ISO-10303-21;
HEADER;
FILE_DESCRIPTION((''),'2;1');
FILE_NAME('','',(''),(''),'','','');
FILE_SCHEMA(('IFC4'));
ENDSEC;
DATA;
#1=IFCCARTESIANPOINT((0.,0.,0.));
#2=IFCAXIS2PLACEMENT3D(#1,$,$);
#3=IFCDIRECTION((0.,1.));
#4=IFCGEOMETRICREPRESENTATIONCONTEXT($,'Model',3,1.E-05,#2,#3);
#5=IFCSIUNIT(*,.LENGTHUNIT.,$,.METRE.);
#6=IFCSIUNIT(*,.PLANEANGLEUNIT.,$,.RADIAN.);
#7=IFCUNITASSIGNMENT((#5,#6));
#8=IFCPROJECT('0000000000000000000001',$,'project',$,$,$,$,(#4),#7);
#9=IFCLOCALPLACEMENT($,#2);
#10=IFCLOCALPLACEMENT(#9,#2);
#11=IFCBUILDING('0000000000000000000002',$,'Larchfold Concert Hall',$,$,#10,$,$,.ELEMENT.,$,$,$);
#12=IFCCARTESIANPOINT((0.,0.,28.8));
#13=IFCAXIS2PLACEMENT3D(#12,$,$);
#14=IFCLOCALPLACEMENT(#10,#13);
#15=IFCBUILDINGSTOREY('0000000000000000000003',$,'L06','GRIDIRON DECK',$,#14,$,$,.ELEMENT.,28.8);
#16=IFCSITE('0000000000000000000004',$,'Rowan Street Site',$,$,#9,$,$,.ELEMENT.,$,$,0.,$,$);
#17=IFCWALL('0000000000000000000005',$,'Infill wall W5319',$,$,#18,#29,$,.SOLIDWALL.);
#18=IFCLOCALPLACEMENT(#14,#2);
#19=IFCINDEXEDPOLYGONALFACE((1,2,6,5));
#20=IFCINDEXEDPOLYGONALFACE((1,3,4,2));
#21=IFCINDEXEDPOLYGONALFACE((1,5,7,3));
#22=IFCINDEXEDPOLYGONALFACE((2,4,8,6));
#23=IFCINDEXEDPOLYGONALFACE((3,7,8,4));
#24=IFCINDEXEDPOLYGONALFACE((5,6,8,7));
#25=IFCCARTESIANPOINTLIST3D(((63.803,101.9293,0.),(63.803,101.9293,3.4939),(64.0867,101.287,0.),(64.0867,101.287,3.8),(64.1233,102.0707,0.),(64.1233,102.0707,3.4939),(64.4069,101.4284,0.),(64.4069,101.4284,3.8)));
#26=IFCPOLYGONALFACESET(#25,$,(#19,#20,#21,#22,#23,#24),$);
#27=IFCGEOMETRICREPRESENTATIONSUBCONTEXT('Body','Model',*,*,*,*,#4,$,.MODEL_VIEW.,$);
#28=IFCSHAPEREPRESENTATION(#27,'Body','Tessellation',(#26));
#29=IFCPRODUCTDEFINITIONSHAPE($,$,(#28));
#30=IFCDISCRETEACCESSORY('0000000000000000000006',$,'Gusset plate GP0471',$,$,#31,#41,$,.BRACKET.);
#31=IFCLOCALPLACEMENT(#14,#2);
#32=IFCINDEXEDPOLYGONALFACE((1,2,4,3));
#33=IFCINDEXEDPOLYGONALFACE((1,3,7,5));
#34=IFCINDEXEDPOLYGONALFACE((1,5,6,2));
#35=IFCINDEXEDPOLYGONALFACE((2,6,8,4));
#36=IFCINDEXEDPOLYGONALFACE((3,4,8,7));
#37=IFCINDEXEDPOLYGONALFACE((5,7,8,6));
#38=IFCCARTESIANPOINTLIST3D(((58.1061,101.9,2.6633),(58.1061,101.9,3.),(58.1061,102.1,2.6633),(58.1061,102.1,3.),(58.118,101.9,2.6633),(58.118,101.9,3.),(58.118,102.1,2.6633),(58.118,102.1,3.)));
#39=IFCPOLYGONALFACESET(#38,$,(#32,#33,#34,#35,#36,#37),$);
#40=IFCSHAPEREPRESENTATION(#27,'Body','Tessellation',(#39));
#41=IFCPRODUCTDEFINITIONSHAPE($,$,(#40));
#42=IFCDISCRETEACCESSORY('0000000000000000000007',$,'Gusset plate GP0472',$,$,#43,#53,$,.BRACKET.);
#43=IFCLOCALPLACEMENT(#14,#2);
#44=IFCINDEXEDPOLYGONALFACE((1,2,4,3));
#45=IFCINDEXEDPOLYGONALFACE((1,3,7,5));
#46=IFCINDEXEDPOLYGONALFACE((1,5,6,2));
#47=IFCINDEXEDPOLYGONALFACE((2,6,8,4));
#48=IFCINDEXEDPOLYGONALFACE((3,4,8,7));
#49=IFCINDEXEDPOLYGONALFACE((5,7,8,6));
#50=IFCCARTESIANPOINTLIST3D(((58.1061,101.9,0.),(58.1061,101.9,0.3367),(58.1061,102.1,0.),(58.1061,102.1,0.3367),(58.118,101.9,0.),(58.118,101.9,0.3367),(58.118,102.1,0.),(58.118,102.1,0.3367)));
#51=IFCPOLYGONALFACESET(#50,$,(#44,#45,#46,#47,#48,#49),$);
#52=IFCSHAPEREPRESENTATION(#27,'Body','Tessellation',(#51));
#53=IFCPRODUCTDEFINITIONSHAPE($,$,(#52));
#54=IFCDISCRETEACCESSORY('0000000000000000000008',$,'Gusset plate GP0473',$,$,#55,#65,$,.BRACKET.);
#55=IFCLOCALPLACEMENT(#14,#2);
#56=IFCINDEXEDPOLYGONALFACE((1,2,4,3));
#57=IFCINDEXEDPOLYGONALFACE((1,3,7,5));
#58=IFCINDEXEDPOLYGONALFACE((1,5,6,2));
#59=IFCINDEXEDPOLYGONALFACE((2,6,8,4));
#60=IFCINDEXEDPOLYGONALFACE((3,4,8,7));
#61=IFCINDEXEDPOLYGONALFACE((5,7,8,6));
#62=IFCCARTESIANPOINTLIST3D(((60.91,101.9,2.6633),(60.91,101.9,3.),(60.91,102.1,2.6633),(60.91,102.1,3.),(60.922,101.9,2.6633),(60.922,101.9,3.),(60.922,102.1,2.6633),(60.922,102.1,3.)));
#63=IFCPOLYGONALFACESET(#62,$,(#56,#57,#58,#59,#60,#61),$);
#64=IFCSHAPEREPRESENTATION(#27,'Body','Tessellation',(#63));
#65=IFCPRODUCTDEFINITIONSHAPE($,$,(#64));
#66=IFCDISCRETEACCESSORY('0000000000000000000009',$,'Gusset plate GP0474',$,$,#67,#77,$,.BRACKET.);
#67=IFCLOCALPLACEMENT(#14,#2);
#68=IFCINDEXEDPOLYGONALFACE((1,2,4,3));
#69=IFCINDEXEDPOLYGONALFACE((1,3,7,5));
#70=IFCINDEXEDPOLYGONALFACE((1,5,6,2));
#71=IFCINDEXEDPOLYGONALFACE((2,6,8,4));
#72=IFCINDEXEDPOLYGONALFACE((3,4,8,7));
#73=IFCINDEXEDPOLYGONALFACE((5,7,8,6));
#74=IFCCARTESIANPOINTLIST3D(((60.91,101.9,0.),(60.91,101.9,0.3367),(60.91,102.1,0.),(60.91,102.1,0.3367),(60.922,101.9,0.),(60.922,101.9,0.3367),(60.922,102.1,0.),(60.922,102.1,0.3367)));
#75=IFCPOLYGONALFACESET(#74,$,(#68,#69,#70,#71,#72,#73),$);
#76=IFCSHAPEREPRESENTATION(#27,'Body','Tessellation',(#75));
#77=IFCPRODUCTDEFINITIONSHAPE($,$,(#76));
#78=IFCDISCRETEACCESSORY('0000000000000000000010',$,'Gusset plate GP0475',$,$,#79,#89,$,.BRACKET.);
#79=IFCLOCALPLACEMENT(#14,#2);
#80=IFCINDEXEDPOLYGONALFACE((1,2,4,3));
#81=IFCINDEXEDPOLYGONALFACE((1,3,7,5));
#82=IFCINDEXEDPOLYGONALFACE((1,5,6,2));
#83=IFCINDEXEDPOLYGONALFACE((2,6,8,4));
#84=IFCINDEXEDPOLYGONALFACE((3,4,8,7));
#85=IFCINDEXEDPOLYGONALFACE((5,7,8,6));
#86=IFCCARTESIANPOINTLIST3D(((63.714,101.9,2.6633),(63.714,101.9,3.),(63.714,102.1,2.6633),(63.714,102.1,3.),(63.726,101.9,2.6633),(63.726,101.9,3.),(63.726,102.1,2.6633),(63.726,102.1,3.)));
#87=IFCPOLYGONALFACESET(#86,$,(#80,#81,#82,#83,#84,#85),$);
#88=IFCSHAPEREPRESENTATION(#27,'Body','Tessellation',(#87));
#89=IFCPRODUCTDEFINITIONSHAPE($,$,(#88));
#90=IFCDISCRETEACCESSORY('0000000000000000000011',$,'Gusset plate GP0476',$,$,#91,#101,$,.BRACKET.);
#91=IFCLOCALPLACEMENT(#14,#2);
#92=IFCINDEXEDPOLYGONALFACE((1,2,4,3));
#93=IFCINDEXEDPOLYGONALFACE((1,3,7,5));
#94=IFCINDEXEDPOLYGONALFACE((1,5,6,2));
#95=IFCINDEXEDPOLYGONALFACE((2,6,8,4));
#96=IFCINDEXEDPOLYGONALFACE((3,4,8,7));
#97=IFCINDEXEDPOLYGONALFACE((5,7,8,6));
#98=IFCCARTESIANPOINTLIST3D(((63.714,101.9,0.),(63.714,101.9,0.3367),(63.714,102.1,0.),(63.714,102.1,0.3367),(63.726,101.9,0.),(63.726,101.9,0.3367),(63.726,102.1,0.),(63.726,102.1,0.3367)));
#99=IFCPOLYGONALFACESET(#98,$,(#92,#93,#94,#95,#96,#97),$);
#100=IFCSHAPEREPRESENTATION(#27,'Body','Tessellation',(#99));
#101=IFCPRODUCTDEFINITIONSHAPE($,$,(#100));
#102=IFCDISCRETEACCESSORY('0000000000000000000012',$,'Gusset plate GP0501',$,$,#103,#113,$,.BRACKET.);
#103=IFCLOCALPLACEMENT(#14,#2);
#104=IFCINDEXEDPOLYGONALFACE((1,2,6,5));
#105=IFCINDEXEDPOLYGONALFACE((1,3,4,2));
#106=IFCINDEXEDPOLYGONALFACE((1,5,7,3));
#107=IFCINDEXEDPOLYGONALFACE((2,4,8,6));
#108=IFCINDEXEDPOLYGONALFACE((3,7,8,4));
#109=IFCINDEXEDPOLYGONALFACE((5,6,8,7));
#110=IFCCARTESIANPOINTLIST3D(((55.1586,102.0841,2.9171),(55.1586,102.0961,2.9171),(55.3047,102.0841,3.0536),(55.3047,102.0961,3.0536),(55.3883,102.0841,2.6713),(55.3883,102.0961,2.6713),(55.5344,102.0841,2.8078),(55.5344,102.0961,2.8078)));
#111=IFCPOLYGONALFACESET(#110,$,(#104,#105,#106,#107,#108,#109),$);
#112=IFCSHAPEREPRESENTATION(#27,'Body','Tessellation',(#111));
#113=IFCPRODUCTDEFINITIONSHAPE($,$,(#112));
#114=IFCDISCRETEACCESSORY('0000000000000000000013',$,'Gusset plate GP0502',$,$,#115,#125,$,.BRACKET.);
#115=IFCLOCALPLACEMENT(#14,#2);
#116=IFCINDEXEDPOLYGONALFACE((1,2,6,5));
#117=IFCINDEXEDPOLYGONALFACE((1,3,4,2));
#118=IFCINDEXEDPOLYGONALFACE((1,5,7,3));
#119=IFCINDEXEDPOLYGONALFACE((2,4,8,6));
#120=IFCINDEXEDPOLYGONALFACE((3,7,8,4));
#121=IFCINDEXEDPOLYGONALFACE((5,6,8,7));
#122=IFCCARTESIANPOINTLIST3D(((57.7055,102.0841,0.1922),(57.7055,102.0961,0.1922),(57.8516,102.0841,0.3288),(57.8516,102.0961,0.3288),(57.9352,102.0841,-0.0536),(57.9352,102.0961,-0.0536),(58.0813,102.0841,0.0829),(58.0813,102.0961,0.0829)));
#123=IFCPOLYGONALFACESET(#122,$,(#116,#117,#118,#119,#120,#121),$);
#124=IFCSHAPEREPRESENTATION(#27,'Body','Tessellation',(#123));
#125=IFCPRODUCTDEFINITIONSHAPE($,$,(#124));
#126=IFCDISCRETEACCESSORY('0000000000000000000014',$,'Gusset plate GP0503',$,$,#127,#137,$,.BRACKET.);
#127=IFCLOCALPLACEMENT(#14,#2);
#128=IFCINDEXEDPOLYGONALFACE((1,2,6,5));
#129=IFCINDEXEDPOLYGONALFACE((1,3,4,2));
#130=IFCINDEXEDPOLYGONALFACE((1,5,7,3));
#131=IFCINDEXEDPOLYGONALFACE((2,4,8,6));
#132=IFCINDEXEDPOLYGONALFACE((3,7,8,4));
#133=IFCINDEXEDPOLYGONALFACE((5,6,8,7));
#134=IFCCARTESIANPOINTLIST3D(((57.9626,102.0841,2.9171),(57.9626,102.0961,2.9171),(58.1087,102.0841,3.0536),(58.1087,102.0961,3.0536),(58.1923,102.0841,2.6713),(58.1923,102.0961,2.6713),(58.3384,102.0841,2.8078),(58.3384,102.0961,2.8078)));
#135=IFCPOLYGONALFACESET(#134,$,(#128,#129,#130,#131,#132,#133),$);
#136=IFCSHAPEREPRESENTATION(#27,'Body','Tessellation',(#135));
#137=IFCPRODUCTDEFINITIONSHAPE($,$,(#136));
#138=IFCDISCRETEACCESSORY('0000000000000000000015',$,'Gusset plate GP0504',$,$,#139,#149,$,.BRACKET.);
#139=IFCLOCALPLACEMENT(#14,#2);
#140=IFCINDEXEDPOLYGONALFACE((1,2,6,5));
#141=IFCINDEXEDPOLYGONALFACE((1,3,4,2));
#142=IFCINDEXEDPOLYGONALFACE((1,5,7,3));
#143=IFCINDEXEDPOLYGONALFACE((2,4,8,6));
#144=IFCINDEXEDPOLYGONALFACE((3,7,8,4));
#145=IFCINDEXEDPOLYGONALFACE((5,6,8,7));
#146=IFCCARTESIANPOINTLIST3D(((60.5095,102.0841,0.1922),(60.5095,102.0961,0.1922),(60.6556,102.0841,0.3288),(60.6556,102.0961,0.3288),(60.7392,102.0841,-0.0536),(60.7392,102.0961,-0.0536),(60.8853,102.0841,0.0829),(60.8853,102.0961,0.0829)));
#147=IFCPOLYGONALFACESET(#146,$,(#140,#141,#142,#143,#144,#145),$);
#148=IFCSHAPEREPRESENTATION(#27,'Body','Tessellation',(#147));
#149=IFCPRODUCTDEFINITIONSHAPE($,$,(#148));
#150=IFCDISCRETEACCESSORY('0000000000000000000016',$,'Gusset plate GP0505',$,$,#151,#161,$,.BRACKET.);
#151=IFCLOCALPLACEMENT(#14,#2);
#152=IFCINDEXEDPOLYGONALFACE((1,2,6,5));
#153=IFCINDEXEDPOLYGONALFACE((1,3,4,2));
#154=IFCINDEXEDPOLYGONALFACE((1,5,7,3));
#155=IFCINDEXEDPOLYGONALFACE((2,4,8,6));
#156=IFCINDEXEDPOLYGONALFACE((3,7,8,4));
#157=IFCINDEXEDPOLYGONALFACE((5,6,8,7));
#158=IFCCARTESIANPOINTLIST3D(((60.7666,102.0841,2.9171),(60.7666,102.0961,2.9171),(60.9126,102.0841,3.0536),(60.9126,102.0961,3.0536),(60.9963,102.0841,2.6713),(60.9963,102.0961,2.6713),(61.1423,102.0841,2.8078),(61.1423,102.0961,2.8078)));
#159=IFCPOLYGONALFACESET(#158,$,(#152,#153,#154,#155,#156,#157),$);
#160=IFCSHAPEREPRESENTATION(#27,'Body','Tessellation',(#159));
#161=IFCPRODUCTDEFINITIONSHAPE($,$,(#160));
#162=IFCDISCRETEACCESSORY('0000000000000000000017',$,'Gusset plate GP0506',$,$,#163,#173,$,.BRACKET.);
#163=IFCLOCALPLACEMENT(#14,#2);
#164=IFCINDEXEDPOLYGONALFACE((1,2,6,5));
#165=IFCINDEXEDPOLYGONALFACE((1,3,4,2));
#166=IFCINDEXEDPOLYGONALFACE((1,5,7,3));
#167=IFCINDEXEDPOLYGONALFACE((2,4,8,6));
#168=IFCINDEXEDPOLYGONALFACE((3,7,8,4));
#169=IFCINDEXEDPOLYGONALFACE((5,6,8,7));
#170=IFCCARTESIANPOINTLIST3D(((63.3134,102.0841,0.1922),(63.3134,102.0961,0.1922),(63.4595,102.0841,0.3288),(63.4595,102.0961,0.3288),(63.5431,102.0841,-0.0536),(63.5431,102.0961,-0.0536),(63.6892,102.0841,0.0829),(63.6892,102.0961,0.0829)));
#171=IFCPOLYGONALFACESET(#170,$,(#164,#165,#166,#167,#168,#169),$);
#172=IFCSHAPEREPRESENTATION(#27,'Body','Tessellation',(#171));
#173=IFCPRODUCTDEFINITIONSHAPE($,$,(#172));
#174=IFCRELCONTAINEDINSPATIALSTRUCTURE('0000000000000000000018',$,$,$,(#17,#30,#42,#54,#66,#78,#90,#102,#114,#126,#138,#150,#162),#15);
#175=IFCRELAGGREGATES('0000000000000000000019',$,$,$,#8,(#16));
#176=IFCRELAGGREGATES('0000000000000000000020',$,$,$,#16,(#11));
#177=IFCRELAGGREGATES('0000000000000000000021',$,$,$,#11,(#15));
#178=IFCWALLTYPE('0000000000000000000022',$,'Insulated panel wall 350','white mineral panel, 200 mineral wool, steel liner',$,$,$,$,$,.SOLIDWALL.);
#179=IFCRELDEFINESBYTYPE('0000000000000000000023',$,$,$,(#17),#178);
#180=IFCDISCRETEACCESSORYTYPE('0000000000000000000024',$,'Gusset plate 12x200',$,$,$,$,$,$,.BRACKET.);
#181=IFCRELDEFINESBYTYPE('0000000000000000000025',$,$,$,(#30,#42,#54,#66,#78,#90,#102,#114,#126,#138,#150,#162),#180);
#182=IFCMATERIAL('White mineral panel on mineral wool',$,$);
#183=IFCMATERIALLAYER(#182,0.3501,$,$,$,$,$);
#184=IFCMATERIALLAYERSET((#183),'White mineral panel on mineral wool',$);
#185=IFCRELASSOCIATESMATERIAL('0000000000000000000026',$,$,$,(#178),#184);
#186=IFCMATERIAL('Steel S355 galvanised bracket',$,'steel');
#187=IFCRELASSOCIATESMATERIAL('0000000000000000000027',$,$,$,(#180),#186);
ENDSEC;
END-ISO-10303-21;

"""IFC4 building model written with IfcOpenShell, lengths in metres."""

from ifc_helpers import new_model, si_unit, direction, frame, origin, origin_2d, place, context, subcontext, project, spatial, polyline, rectangle, outline, extrude, material, layer, layer_set, material_profile, profile_set, type_object, element, save


model = new_model("IFC4")

# Units and contexts
model_context = context("Model", 3, precision=1e-05, world=origin(), true_north=direction((0.0, 1.0)))
body_context = subcontext(model_context, "Body", "Model", "MODEL_VIEW")
ifc_project = project(units=[si_unit("LENGTHUNIT", "METRE"), si_unit("PLANEANGLEUNIT", "RADIAN")], contexts=[model_context])

# Site, building, storey
site_placement = place(None, origin())
site = spatial("IfcSite", under=ifc_project, at=site_placement, Name="Rowan Street Site", CompositionType="ELEMENT", RefElevation=0.0)
building_placement = place(site_placement, origin())
building = spatial("IfcBuilding", under=site, at=building_placement, Name="Larchfold Concert Hall", CompositionType="ELEMENT")
storey_placement = place(building_placement, frame((0.0, 0.0, 28.8)))
storey = spatial("IfcBuildingStorey", under=building, at=storey_placement, Name="L06", Description="GRIDIRON DECK", CompositionType="ELEMENT", Elevation=28.8)

# Wall
ifc_material_1 = material(Name="White mineral panel on mineral wool")
ifc_layer_1 = layer(ifc_material_1, 0.3501)
ifc_layer_set_1 = layer_set([ifc_layer_1], Name="White mineral panel on mineral wool")
wall_type = type_object("IfcWallType", Name="Insulated panel wall 350", Description="white mineral panel, 200 mineral wool, steel liner", PredefinedType="SOLIDWALL", material=ifc_layer_set_1)
wall_1_placement = place(storey_placement, frame((63.9631, 102.0, 0.0), z_axis=(0.0, 0.0, 1.0), x_axis=(0.404008, -0.914755, 0.0)))
element("IfcWall", 1, at=wall_1_placement, inside=storey, type_object=wall_type, Name="Infill wall W5319", PredefinedType="SOLIDWALL", context=body_context, shape_type="SweptSolid", body=[
    extrude(outline(polyline([(0.0, 0.0), (0.7021, 0.0), (0.7021, 3.8), (0.0, 3.4939), (0.0, 0.0)])), frame((0.0, 0.175, 0.0), z_axis=(0.0, -1.0, 0.0), x_axis=(1.0, 0.0, 0.0)), (0.0, 0.0, 1.0), 0.3501),
])

# Discrete accessories
ifc_material_2 = material(Name="Steel S355 galvanised bracket", Category="steel")
ifc_material_profile_1 = material_profile(ifc_material_2, rectangle(XDim=0.012, YDim=0.2, at=origin_2d()))
ifc_profile_set_1 = profile_set([ifc_material_profile_1], Name="Steel S355 galvanised bracket")
discrete_accessory_type = type_object("IfcDiscreteAccessoryType", Name="Gusset plate 12x200", PredefinedType="BRACKET", material=ifc_profile_set_1)
for number, where, z_axis, x_axis, name in (
    (2, (58.1121, 102.0, 3.0), (0.0, 0.0, -1.0), (1.0, 0.0, 0.0), "Gusset plate GP0471"),
    (3, (58.1121, 102.0, 0.3367), (0.0, 0.0, -1.0), (1.0, 0.0, 0.0), "Gusset plate GP0472"),
    (4, (60.916, 102.0, 3.0), (0.0, 0.0, -1.0), (1.0, 0.0, 0.0), "Gusset plate GP0473"),
    (5, (60.916, 102.0, 0.3367), (0.0, 0.0, -1.0), (1.0, 0.0, 0.0), "Gusset plate GP0474"),
    (6, (63.72, 102.0, 3.0), (0.0, 0.0, -1.0), (1.0, 0.0, 0.0), "Gusset plate GP0475"),
    (7, (63.72, 102.0, 0.3367), (0.0, 0.0, -1.0), (1.0, 0.0, 0.0), "Gusset plate GP0476"),
):
    element("IfcDiscreteAccessory", number, at=place(storey_placement, frame(where, z_axis=z_axis, x_axis=x_axis)), inside=storey, type_object=discrete_accessory_type, Name=name, PredefinedType="BRACKET", context=body_context, shape_type="SweptSolid", body=[
        extrude(rectangle(XDim=0.012, YDim=0.2, at=origin_2d()), origin(), (0.0, 0.0, 1.0), 0.3367),
    ])
for number, where, z_axis, x_axis, name in (
    (8, (55.2317, 102.0901, 2.9854), (0.682758, 0.0, -0.730645), (0.0, 1.0, 0.0), "Gusset plate GP0501"),
    (9, (57.7786, 102.0901, 0.2605), (0.682758, 0.0, -0.730645), (0.0, 1.0, 0.0), "Gusset plate GP0502"),
    (10, (58.0356, 102.0901, 2.9854), (0.682758, 0.0, -0.730645), (0.0, 1.0, 0.0), "Gusset plate GP0503"),
    (11, (60.5825, 102.0901, 0.2605), (0.682758, 0.0, -0.730645), (0.0, 1.0, 0.0), "Gusset plate GP0504"),
    (12, (60.8396, 102.0901, 2.9854), (0.682758, 0.0, -0.730645), (0.0, 1.0, 0.0), "Gusset plate GP0505"),
    (13, (63.3865, 102.0901, 0.2605), (0.682758, 0.0, -0.730645), (0.0, 1.0, 0.0), "Gusset plate GP0506"),
):
    element("IfcDiscreteAccessory", number, at=place(storey_placement, frame(where, z_axis=z_axis, x_axis=x_axis)), inside=storey, type_object=discrete_accessory_type, Name=name, PredefinedType="BRACKET", context=body_context, shape_type="SweptSolid", body=[
        extrude(rectangle(XDim=0.012, YDim=0.2, at=origin_2d()), origin(), (0.0, 0.0, 1.0), 0.3364),
    ])

save(model, "model.ifc")
